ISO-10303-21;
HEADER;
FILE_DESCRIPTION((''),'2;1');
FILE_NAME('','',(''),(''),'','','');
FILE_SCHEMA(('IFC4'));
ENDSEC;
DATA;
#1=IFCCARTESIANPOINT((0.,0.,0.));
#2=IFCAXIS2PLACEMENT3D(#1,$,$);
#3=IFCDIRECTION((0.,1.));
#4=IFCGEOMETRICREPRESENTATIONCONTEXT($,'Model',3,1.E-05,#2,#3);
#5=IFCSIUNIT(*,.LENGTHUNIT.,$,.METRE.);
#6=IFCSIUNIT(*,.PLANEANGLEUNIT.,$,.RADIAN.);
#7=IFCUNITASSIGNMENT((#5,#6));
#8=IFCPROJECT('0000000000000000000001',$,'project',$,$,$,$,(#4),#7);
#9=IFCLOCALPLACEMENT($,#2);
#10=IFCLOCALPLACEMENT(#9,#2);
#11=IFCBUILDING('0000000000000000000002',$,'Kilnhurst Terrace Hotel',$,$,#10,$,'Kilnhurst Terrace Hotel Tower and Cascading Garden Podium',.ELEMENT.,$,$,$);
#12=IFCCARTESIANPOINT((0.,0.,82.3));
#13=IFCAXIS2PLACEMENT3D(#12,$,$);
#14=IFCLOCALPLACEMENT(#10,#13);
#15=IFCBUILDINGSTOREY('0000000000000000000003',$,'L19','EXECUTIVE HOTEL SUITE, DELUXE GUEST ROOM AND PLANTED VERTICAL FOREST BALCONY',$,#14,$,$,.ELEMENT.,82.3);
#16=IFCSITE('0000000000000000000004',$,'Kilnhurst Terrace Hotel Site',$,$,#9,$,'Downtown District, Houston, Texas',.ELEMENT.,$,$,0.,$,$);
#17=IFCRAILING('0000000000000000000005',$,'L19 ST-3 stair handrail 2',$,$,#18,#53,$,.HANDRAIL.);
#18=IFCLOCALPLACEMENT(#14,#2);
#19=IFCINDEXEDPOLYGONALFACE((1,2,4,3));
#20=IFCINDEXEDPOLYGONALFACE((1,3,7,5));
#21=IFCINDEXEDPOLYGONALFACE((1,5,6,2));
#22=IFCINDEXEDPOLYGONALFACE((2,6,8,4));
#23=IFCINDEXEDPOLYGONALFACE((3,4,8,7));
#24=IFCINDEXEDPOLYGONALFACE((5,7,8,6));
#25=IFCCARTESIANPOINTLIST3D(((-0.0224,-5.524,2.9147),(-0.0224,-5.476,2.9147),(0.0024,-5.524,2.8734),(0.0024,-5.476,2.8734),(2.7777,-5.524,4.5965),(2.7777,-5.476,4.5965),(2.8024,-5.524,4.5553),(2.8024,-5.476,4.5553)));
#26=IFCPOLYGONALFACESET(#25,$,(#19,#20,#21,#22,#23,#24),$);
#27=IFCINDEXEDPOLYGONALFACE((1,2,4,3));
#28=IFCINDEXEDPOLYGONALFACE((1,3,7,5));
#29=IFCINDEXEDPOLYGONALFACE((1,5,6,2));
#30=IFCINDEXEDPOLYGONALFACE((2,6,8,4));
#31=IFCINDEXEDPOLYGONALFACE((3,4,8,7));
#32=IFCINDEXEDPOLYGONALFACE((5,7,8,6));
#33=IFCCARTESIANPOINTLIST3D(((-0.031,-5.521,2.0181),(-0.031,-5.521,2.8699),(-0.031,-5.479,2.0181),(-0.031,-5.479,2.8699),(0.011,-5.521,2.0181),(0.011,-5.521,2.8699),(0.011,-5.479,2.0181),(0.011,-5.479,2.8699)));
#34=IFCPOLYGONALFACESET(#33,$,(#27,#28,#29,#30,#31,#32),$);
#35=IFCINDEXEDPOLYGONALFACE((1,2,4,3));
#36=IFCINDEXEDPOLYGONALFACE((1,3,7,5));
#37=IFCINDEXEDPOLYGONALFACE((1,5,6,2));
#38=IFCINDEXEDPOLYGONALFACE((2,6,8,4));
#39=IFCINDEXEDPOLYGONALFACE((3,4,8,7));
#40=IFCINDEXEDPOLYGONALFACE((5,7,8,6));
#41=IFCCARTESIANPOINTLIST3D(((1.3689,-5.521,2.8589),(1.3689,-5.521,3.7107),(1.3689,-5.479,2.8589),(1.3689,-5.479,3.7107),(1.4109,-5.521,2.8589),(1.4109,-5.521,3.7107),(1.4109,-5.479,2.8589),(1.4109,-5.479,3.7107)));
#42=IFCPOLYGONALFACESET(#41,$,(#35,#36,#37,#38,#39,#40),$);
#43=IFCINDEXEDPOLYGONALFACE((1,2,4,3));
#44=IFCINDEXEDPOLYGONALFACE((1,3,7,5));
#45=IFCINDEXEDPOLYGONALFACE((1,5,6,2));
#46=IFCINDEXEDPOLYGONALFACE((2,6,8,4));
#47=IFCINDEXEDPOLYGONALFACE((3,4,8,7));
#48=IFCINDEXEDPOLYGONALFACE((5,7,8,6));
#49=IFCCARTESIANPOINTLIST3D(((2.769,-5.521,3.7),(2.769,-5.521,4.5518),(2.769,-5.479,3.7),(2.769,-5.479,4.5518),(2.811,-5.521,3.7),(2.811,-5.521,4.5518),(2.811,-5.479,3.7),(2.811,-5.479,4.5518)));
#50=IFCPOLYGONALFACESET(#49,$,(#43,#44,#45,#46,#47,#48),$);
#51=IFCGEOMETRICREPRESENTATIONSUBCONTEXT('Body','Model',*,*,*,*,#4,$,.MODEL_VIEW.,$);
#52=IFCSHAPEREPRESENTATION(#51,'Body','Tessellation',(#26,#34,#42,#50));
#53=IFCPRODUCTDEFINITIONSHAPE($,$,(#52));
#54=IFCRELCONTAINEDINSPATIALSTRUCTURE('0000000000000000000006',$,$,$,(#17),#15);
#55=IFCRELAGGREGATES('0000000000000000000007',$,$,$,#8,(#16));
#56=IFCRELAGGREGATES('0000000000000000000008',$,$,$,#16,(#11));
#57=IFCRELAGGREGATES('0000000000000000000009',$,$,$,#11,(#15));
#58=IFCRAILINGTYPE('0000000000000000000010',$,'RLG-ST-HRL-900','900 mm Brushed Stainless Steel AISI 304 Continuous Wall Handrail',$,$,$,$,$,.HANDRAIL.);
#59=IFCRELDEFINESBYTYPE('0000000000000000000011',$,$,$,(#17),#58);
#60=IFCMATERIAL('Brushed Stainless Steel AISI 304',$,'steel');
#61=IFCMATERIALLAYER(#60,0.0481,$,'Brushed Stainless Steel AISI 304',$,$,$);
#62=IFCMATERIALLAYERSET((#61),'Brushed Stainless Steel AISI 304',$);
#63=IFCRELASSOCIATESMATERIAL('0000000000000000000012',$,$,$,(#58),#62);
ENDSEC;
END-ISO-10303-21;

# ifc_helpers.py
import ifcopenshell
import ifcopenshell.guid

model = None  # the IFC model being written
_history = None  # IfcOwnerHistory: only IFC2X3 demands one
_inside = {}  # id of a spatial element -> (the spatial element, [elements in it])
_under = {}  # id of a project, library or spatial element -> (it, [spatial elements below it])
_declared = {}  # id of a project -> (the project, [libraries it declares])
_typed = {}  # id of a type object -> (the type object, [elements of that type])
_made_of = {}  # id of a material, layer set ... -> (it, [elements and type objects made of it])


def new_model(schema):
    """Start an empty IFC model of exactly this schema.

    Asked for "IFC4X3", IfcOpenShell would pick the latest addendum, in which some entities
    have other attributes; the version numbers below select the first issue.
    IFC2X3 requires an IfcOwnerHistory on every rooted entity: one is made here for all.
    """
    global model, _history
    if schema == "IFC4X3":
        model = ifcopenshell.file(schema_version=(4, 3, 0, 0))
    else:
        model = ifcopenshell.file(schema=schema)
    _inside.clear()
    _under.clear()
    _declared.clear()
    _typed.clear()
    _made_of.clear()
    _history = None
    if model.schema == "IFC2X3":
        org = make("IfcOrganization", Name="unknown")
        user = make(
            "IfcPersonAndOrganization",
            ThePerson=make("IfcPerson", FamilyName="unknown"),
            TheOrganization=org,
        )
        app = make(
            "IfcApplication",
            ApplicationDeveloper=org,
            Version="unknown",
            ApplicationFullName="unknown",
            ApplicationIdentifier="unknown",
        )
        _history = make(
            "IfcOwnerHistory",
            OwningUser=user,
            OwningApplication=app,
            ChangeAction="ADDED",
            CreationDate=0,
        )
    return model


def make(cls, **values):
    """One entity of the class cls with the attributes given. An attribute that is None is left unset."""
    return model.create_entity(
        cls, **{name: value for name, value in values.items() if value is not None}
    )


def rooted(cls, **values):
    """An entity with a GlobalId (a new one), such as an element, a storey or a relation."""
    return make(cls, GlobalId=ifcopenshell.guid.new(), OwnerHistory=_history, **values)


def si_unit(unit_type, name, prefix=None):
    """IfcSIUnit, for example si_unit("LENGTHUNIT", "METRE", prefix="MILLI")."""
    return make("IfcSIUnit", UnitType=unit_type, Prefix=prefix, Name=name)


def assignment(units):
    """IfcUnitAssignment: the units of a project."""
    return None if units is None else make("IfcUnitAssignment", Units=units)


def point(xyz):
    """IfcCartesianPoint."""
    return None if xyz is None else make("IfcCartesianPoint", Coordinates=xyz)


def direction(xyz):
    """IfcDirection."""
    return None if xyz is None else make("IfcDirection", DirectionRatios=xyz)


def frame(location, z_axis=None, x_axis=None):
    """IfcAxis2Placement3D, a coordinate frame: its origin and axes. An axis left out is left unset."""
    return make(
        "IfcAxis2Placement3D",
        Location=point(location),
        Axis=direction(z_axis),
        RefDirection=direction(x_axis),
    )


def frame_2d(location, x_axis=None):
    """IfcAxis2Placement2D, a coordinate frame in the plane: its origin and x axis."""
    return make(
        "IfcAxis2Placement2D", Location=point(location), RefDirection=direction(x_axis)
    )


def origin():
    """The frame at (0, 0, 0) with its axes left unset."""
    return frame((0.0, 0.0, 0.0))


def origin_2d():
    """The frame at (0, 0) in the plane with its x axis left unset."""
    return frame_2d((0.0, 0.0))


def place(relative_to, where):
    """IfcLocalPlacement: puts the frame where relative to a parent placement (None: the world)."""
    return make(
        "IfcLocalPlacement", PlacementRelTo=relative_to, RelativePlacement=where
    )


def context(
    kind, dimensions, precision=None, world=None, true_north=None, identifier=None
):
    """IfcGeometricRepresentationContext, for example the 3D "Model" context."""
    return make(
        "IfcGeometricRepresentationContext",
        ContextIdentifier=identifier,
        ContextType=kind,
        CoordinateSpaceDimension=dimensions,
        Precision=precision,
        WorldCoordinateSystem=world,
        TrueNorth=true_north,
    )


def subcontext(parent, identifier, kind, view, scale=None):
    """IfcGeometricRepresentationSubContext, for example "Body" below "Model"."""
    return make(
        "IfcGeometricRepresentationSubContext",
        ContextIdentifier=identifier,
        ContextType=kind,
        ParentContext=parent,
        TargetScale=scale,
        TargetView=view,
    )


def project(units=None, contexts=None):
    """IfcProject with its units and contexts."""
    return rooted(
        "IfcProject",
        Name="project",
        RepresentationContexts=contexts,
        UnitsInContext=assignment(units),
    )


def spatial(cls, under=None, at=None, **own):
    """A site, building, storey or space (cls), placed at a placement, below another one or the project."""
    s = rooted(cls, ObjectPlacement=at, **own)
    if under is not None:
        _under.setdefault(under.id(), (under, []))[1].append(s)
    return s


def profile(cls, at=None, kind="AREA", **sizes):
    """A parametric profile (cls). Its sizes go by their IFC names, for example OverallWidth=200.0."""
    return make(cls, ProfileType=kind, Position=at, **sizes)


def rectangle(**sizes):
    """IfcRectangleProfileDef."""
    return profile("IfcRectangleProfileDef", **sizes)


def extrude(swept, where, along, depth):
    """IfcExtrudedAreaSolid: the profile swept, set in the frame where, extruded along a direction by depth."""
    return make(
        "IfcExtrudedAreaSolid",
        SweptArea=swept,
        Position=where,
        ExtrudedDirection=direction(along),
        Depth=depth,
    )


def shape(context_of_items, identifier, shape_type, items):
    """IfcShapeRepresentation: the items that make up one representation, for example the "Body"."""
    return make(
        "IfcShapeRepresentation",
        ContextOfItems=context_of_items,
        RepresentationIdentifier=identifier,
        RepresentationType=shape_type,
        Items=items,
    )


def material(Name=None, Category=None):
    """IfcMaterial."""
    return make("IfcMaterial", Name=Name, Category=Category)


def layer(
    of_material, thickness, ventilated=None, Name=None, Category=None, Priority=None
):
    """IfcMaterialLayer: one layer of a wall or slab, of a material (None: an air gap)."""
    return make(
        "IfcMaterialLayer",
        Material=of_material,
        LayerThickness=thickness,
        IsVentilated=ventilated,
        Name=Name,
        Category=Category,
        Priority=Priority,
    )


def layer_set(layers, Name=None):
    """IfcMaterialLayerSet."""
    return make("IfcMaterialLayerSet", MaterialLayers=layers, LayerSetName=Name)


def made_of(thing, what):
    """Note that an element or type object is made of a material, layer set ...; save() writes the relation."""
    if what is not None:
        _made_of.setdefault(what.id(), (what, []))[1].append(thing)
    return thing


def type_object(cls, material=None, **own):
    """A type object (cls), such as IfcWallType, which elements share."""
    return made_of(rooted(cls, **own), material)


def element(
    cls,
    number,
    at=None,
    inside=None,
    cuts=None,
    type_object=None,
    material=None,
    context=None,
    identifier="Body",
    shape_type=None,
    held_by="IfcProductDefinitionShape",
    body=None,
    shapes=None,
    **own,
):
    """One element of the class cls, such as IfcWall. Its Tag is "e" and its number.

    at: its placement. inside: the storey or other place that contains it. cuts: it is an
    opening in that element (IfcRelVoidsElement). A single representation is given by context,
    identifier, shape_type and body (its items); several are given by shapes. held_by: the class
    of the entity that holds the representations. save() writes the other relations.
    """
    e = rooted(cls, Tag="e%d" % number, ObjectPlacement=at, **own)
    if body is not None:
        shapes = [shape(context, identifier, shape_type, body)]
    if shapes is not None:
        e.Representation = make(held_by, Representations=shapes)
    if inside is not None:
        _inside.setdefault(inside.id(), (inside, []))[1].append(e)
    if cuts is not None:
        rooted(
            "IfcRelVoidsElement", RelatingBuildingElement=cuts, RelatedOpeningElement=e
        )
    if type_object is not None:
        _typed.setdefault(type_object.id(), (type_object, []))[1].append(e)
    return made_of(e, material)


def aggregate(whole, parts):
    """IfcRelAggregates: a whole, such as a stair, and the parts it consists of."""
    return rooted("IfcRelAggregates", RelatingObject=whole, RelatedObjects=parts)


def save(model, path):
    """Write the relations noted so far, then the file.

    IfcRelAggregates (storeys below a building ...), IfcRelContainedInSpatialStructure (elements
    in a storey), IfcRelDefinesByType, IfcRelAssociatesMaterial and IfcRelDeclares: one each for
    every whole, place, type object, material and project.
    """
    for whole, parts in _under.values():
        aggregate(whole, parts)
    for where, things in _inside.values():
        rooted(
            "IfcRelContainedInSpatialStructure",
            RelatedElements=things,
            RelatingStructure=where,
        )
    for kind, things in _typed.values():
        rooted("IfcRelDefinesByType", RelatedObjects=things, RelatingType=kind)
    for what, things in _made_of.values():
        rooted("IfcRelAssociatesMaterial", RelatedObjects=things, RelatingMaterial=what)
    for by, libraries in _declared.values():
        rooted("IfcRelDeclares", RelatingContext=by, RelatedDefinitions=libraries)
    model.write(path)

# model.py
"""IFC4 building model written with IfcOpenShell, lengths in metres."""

from ifc_helpers import new_model, si_unit, direction, frame, origin, origin_2d, place, context, subcontext, project, spatial, rectangle, extrude, material, layer, layer_set, type_object, element, save


model = new_model("IFC4")

# Units and contexts
model_context = context("Model", 3, precision=1e-05, world=origin(), true_north=direction((0.0, 1.0)))
body_context = subcontext(model_context, "Body", "Model", "MODEL_VIEW")
ifc_project = project(units=[si_unit("LENGTHUNIT", "METRE"), si_unit("PLANEANGLEUNIT", "RADIAN")], contexts=[model_context])

# Site, building, storey
site_placement = place(None, origin())
site = spatial("IfcSite", under=ifc_project, at=site_placement, Name="Kilnhurst Terrace Hotel Site", LongName="Downtown District, Houston, Texas", CompositionType="ELEMENT", RefElevation=0.0)
building_placement = place(site_placement, origin())
building = spatial("IfcBuilding", under=site, at=building_placement, Name="Kilnhurst Terrace Hotel", LongName="Kilnhurst Terrace Hotel Tower and Cascading Garden Podium", CompositionType="ELEMENT")
storey_placement = place(building_placement, frame((0.0, 0.0, 82.3)))
storey = spatial("IfcBuildingStorey", under=building, at=storey_placement, Name="L19", Description="EXECUTIVE HOTEL SUITE, DELUXE GUEST ROOM AND PLANTED VERTICAL FOREST BALCONY", CompositionType="ELEMENT", Elevation=82.3)

# Railing
ifc_material_1 = material(Name="Brushed Stainless Steel AISI 304", Category="steel")
ifc_layer_1 = layer(ifc_material_1, 0.0481, Name="Brushed Stainless Steel AISI 304")
ifc_layer_set_1 = layer_set([ifc_layer_1], Name="Brushed Stainless Steel AISI 304")
railing_type_1 = type_object("IfcRailingType", Name="RLG-ST-HRL-900", Description="900 mm Brushed Stainless Steel AISI 304 Continuous Wall Handrail", PredefinedType="HANDRAIL", material=ifc_layer_set_1)
railing_1_placement = place(storey_placement, frame((-0.01, -5.5, 2.0181)))
element("IfcRailing", 1, at=railing_1_placement, inside=storey, type_object=railing_type_1, Name="L19 ST-3 stair handrail 2", PredefinedType="HANDRAIL", context=body_context, shape_type="SweptSolid", body=[
    extrude(rectangle(XDim=0.0481, YDim=0.0481, at=origin_2d()), frame((0.0, 0.0, 0.876), z_axis=(0.857242, 0.0, 0.514913), x_axis=(0.0, 1.0, 0.0)), (0.0, 0.0, 1.0), 3.2664),
    extrude(rectangle(XDim=0.042, YDim=0.042, at=origin_2d()), origin(), (0.0, 0.0, 1.0), 0.8518),
    extrude(rectangle(XDim=0.042, YDim=0.042, at=origin_2d()), frame((1.3999, 0.0, 0.8408)), (0.0, 0.0, 1.0), 0.8518),
    extrude(rectangle(XDim=0.042, YDim=0.042, at=origin_2d()), frame((2.8, 0.0, 1.6819)), (0.0, 0.0, 1.0), 0.8518),
])

save(model, "model.ifc")
